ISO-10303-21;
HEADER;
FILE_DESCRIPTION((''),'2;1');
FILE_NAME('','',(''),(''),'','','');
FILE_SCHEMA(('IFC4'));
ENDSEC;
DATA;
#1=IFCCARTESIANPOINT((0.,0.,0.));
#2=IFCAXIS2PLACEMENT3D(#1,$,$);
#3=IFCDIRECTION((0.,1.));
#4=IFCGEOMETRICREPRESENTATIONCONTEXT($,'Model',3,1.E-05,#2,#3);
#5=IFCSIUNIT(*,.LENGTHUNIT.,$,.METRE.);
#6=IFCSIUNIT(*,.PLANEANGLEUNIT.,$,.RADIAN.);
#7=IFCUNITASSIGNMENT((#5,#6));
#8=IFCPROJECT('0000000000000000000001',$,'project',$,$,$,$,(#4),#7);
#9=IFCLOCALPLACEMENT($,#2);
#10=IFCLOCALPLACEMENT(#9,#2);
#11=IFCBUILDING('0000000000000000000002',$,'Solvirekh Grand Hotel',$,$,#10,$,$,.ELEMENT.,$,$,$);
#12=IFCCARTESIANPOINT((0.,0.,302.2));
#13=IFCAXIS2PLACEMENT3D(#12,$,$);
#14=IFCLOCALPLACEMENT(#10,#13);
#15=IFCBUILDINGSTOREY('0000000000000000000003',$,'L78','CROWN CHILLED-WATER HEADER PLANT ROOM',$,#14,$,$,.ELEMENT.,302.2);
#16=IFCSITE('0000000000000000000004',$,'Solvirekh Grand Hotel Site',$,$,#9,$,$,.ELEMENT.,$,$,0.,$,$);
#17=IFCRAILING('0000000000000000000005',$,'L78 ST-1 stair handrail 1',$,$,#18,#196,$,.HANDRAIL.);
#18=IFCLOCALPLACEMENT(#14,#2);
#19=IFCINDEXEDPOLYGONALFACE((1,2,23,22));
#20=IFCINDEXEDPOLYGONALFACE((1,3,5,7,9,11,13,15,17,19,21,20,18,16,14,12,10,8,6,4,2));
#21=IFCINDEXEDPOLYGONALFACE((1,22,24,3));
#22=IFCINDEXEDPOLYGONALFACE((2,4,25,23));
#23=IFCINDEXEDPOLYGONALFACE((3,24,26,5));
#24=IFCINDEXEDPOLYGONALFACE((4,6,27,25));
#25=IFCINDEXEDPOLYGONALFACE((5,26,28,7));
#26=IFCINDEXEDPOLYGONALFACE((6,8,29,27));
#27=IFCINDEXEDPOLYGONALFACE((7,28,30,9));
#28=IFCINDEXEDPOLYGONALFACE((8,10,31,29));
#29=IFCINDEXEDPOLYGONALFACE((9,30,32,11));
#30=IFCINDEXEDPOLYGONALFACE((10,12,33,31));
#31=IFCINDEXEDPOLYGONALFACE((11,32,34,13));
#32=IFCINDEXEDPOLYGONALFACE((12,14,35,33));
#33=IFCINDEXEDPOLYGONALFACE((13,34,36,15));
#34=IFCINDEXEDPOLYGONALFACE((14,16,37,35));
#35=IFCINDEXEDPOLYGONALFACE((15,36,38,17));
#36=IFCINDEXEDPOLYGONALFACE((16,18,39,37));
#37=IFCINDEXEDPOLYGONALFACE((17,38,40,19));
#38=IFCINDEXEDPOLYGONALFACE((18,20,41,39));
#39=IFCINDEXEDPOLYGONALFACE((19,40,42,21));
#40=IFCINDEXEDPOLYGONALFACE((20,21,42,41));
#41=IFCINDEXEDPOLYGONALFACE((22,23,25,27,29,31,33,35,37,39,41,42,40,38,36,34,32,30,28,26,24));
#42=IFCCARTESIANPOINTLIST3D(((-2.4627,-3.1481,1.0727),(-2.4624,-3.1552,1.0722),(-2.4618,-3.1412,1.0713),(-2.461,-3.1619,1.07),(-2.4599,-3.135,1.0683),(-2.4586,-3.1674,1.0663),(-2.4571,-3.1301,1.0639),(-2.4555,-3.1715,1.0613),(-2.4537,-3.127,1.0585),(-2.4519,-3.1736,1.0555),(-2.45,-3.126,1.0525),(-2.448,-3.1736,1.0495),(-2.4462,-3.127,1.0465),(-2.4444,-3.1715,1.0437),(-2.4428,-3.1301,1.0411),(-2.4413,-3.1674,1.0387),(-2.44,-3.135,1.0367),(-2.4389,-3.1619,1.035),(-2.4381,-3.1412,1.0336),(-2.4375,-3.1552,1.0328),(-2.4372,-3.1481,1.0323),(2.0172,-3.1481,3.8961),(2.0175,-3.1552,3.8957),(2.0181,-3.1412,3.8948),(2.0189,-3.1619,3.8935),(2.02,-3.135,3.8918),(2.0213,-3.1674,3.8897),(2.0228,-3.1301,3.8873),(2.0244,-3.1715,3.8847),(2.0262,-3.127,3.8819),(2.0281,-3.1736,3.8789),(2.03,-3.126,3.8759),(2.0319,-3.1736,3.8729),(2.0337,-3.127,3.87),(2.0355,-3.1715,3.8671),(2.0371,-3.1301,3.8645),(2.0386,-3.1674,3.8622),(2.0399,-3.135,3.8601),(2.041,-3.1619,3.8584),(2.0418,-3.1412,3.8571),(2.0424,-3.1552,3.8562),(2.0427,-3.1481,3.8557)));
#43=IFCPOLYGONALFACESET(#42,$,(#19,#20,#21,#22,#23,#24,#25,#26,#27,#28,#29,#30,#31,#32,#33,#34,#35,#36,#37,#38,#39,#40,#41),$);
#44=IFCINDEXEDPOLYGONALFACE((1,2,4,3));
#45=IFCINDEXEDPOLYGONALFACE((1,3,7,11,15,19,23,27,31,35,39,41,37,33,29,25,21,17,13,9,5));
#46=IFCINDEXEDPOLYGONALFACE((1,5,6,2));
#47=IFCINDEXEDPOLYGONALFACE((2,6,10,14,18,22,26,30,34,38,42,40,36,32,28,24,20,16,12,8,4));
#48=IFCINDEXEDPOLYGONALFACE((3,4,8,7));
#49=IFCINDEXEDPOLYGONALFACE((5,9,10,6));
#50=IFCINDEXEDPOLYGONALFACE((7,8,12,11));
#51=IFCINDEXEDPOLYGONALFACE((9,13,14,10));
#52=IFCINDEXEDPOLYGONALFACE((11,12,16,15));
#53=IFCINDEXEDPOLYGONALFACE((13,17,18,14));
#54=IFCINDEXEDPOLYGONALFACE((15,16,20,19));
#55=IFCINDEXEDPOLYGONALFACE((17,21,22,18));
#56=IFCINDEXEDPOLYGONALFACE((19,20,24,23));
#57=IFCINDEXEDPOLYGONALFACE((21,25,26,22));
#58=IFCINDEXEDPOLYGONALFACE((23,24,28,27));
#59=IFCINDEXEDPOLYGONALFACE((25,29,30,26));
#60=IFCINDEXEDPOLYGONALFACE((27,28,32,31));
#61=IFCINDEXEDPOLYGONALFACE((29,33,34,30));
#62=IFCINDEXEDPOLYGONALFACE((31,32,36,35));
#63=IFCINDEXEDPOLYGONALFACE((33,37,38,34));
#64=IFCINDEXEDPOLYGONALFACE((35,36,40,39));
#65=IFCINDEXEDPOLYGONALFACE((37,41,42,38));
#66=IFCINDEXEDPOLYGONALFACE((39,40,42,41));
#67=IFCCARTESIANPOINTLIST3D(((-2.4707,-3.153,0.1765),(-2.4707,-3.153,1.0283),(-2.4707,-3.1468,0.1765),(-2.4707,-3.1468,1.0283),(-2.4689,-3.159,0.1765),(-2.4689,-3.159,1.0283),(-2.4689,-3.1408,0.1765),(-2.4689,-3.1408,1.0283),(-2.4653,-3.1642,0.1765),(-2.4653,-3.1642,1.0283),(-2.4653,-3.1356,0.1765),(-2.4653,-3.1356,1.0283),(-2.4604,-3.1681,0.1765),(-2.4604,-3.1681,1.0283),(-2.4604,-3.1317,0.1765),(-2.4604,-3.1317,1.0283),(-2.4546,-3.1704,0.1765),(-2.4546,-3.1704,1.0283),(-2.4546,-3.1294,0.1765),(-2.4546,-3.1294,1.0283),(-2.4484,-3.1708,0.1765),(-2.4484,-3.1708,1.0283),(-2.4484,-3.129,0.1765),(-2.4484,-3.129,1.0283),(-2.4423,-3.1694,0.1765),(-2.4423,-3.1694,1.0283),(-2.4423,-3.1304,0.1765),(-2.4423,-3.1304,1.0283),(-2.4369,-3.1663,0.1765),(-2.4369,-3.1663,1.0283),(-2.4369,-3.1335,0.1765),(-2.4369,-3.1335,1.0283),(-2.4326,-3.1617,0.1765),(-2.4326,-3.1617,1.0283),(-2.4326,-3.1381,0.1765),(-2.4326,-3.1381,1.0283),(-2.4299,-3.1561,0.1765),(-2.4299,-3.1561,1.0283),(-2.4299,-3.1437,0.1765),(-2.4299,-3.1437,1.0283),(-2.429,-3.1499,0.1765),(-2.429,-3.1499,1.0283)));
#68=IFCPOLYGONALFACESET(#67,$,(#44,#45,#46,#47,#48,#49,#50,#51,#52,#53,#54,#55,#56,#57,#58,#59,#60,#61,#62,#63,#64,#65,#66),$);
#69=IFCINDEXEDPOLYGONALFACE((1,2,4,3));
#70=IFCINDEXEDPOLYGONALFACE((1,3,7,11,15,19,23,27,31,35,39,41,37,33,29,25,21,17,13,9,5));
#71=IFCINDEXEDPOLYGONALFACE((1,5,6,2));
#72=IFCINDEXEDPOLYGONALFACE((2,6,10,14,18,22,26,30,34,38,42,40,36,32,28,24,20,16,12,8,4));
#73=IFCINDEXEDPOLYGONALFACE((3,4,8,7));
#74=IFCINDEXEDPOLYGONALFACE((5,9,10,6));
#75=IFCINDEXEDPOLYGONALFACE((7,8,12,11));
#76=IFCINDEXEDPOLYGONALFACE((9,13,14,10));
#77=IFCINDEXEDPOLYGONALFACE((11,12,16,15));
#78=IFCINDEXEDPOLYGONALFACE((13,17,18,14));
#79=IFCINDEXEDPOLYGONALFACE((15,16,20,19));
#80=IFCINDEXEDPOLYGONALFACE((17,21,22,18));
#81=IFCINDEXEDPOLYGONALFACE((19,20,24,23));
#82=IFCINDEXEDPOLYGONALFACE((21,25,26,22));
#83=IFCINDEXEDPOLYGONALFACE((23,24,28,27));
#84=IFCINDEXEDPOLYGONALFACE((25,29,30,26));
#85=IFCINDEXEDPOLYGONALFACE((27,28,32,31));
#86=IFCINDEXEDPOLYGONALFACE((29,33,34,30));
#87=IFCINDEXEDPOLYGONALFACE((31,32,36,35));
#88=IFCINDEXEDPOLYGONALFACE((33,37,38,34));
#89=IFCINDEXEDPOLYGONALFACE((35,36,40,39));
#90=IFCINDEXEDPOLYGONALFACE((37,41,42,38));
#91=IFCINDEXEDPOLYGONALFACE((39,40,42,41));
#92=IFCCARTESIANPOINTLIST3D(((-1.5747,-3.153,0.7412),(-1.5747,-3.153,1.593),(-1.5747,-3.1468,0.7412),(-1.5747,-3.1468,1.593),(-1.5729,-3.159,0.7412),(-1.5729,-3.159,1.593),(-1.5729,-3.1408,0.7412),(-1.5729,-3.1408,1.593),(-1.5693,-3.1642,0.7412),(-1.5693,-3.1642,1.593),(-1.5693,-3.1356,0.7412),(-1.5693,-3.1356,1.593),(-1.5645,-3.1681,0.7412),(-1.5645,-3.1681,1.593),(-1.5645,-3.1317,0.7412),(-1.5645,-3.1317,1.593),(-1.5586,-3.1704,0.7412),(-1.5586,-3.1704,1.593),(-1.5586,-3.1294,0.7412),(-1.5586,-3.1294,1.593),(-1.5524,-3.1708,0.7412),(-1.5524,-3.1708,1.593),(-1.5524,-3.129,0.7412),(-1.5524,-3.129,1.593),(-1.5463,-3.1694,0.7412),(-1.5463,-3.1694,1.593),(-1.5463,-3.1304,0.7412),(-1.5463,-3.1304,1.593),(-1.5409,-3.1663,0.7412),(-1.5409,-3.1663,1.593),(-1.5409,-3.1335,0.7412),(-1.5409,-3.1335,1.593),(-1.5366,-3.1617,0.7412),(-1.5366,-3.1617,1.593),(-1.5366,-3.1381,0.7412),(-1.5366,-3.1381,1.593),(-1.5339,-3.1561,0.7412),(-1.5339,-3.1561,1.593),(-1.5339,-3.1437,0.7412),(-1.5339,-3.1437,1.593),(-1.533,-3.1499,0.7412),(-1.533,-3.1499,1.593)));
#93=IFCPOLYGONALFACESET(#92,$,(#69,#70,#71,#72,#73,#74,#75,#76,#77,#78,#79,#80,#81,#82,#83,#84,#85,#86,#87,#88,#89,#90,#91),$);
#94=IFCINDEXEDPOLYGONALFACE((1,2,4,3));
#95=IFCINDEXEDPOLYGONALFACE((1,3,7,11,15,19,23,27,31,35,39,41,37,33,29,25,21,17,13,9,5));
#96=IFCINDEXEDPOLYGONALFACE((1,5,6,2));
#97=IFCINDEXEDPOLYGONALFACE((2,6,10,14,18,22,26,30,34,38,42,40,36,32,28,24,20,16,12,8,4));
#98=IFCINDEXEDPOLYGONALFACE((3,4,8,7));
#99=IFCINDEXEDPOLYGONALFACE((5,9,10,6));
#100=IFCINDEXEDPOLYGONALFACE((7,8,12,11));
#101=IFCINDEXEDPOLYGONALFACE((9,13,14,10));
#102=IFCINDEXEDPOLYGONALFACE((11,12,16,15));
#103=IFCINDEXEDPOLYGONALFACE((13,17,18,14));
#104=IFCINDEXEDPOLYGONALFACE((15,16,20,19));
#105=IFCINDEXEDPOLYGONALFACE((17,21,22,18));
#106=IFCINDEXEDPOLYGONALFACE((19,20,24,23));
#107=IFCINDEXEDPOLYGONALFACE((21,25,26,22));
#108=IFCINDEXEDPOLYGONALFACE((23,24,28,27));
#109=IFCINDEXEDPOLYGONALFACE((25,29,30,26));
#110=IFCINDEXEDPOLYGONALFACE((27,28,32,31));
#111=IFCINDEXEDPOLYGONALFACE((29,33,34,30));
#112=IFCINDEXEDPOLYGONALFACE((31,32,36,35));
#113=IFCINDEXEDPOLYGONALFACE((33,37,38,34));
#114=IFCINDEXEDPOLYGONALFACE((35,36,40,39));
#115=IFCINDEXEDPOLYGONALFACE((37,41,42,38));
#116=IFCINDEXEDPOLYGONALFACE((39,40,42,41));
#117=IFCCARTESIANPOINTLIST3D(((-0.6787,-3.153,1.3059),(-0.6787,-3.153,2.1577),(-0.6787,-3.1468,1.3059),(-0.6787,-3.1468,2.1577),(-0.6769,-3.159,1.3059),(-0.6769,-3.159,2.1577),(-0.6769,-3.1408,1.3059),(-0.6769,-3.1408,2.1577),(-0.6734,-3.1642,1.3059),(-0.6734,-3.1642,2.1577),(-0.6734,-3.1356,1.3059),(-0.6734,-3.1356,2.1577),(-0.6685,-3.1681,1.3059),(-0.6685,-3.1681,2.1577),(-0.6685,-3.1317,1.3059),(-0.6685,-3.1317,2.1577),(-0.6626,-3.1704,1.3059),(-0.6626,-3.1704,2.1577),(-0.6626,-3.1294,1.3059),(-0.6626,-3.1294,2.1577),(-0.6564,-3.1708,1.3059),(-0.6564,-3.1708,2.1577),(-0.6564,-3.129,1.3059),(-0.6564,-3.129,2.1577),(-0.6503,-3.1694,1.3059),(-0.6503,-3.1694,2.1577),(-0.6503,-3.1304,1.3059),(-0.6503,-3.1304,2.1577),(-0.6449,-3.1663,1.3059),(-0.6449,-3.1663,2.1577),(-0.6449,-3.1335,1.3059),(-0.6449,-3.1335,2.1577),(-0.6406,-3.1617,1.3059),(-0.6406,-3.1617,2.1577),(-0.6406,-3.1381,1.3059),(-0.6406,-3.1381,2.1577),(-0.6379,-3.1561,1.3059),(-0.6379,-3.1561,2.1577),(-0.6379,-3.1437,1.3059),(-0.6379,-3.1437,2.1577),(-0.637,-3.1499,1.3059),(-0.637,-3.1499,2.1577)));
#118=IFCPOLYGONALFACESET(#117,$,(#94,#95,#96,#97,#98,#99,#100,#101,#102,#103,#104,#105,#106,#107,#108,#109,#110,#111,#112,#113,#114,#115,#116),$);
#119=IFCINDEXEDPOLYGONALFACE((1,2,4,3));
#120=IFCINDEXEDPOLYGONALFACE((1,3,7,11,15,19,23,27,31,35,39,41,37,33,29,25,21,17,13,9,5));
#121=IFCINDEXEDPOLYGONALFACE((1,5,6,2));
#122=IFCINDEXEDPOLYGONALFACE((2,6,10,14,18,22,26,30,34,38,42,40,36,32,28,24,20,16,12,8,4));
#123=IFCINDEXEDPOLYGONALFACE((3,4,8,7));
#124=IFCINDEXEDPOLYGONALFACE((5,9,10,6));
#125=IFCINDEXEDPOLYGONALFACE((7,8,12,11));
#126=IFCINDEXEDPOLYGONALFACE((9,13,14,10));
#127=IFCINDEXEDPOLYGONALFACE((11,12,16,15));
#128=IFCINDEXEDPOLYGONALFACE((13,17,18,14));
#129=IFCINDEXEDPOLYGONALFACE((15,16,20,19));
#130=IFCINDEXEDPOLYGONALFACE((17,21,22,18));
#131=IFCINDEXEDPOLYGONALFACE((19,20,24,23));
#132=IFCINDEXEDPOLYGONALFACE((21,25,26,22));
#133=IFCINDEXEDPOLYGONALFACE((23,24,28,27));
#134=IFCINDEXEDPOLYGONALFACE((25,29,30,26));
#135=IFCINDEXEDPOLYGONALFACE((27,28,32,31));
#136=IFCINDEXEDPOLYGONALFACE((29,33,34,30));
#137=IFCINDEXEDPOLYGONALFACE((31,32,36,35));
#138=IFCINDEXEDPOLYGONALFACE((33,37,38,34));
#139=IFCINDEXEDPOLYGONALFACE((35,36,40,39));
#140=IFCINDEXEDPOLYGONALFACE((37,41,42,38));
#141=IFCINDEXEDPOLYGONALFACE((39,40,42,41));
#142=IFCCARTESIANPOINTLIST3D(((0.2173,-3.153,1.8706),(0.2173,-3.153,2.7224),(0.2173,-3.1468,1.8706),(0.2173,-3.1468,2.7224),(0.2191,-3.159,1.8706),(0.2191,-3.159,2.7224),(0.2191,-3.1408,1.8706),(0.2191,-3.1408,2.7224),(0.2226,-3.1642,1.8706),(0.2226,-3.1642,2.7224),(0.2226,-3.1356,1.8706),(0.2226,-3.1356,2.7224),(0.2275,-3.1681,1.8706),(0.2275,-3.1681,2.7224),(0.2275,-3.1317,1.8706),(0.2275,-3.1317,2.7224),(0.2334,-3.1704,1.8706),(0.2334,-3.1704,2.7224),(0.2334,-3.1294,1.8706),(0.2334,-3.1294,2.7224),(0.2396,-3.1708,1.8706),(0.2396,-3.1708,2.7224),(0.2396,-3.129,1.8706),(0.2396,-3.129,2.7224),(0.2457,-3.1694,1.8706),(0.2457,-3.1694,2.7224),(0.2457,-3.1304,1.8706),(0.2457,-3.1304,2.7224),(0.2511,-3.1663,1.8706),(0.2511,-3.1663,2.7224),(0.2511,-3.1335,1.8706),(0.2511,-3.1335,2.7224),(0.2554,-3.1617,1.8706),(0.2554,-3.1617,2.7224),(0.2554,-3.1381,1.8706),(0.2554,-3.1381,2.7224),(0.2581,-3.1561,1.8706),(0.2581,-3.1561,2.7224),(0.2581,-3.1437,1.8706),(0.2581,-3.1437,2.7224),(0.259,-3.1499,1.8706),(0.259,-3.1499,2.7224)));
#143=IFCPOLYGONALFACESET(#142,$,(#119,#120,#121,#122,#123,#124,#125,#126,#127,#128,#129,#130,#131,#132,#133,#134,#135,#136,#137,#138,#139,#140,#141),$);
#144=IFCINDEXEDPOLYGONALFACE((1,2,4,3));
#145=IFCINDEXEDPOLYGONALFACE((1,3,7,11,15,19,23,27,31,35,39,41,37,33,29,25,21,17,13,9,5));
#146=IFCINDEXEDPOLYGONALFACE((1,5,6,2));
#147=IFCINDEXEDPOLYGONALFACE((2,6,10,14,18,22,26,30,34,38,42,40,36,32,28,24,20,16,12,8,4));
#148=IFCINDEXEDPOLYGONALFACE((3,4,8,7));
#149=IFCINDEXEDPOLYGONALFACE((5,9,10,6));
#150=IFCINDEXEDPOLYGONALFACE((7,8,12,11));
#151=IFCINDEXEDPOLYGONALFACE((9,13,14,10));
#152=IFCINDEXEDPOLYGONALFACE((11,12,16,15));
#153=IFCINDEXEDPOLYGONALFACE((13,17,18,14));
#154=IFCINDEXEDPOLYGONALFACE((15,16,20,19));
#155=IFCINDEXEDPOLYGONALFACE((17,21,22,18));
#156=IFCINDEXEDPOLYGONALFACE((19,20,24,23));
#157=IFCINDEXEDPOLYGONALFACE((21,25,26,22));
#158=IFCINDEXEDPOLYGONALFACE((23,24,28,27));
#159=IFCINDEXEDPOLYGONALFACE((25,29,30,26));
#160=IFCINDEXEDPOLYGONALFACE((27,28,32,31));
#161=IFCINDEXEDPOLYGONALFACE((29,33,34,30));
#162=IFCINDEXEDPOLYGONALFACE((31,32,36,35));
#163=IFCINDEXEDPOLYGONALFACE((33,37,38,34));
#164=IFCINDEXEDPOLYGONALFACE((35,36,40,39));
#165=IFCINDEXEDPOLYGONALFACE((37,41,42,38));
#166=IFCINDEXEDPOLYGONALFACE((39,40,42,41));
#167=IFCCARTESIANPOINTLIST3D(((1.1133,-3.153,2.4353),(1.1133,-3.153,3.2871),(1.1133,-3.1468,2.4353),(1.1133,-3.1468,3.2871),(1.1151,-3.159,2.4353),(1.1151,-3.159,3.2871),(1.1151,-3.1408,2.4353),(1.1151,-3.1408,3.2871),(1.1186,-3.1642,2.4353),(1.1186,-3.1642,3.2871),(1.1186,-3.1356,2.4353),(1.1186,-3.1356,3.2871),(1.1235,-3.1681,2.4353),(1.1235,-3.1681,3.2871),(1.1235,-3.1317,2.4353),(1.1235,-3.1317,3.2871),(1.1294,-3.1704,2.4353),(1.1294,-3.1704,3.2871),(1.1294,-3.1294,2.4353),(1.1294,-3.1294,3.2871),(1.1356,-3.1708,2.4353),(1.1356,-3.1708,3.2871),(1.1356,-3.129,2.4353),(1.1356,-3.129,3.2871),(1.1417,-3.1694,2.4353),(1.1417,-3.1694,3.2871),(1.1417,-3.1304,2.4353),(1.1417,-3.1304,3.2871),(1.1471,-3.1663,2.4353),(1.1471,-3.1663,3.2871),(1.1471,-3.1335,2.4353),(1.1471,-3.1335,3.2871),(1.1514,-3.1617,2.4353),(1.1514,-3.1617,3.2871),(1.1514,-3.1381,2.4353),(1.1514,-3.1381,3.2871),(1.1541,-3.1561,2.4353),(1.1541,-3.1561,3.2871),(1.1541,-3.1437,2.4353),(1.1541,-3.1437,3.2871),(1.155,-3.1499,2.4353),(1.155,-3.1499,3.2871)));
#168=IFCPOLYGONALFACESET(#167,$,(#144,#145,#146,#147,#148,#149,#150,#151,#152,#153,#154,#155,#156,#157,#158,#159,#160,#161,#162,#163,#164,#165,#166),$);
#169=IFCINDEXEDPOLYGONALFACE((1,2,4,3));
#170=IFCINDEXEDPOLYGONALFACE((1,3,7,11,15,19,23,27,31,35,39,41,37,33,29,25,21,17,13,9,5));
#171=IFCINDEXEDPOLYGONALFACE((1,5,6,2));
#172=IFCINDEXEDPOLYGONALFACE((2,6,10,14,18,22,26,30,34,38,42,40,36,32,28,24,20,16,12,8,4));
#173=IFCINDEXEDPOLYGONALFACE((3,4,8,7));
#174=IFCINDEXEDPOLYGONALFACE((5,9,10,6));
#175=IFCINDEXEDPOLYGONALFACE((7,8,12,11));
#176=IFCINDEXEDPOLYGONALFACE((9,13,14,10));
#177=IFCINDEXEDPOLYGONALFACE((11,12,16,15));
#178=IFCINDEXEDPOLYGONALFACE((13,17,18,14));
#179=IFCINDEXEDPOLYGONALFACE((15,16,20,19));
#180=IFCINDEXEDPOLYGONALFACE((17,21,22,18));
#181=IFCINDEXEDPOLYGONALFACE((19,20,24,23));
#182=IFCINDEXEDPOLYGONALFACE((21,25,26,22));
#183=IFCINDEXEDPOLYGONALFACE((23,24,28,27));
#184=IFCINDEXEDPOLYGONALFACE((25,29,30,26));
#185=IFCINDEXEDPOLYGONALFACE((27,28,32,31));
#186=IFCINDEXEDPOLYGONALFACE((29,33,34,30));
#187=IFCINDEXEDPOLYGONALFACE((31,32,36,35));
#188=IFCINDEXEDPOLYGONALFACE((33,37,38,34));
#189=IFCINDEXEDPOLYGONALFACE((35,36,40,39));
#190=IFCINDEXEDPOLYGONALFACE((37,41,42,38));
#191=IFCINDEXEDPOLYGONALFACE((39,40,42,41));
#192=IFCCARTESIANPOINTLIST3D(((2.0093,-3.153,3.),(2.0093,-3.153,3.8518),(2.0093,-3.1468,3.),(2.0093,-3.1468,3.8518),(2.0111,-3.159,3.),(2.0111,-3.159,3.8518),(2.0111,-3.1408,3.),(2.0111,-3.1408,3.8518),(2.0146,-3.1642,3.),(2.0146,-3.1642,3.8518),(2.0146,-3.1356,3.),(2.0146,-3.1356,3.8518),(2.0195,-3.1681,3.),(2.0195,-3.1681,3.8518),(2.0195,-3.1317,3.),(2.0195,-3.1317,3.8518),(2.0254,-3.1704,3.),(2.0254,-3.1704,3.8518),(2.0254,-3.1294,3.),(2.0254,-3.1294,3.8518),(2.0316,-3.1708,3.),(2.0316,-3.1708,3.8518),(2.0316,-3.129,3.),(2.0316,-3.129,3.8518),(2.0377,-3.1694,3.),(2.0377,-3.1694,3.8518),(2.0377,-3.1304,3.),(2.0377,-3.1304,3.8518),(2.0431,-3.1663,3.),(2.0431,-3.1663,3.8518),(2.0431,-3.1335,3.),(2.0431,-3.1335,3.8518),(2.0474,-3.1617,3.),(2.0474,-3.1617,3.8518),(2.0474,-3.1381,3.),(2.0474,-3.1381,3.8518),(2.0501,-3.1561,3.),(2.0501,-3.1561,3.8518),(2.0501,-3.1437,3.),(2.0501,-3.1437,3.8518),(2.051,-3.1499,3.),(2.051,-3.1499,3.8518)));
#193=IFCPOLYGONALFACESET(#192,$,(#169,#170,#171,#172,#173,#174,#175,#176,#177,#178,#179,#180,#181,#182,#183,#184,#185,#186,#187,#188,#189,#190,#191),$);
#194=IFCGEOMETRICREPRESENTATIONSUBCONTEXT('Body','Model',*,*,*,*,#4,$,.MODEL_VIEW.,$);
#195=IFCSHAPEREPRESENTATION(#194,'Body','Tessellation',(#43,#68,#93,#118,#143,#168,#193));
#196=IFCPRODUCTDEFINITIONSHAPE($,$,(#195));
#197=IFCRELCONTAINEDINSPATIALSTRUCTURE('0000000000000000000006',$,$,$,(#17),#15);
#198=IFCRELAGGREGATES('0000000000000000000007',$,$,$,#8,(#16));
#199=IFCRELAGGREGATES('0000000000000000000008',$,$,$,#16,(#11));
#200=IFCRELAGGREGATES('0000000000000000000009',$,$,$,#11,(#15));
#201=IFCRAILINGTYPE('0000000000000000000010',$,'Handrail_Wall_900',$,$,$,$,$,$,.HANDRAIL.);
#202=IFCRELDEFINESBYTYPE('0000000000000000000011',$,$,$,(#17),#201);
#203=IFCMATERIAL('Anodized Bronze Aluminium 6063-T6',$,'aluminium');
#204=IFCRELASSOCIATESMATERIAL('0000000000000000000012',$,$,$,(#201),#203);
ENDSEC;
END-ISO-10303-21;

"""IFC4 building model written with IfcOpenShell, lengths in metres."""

from ifc_helpers import new_model, si_unit, direction, frame, origin, origin_2d, place, context, subcontext, project, spatial, circle, extrude, material, type_object, element, save


model = new_model("IFC4")

# Units and contexts
model_context = context("Model", 3, precision=1e-05, world=origin(), true_north=direction((0.0, 1.0)))
body_context = subcontext(model_context, "Body", "Model", "MODEL_VIEW")
ifc_project = project(units=[si_unit("LENGTHUNIT", "METRE"), si_unit("PLANEANGLEUNIT", "RADIAN")], contexts=[model_context])

# Site, building, storey
site_placement = place(None, origin())
site = spatial("IfcSite", under=ifc_project, at=site_placement, Name="Solvirekh Grand Hotel Site", CompositionType="ELEMENT", RefElevation=0.0)
building_placement = place(site_placement, origin())
building = spatial("IfcBuilding", under=site, at=building_placement, Name="Solvirekh Grand Hotel", CompositionType="ELEMENT")
storey_placement = place(building_placement, frame((0.0, 0.0, 302.2)))
storey = spatial("IfcBuildingStorey", under=building, at=storey_placement, Name="L78", Description="CROWN CHILLED-WATER HEADER PLANT ROOM", CompositionType="ELEMENT", Elevation=302.2)

# Shared definitions
ifc_material_1 = material(Name="Anodized Bronze Aluminium 6063-T6", Category="aluminium")

# Railing
railing_type_1 = type_object("IfcRailingType", Name="Handrail_Wall_900", PredefinedType="HANDRAIL", material=ifc_material_1)
railing_1_placement = place(storey_placement, frame((-2.45, -3.1499, 0.1765)))
element("IfcRailing", 1, at=railing_1_placement, inside=storey, type_object=railing_type_1, Name="L78 ST-1 stair handrail 1", PredefinedType="HANDRAIL", context=body_context, shape_type="SweptSolid", body=[
    extrude(circle(Radius=0.0239, at=origin_2d()), frame((0.0, 0.0, 0.876), z_axis=(0.845998, 0.0, 0.533186), x_axis=(0.0, 1.0, 0.0)), (0.0, 0.0, 1.0), 5.2954),
    extrude(circle(Radius=0.021, at=origin_2d()), origin(), (0.0, 0.0, 1.0), 0.8518),
    extrude(circle(Radius=0.021, at=origin_2d()), frame((0.896, 0.0, 0.5647)), (0.0, 0.0, 1.0), 0.8518),
    extrude(circle(Radius=0.021, at=origin_2d()), frame((1.792, 0.0, 1.1294)), (0.0, 0.0, 1.0), 0.8518),
    extrude(circle(Radius=0.021, at=origin_2d()), frame((2.688, 0.0, 1.6941)), (0.0, 0.0, 1.0), 0.8518),
    extrude(circle(Radius=0.021, at=origin_2d()), frame((3.584, 0.0, 2.2588)), (0.0, 0.0, 1.0), 0.8518),
    extrude(circle(Radius=0.021, at=origin_2d()), frame((4.48, 0.0, 2.8235)), (0.0, 0.0, 1.0), 0.8518),
])

save(model, "model.ifc")
